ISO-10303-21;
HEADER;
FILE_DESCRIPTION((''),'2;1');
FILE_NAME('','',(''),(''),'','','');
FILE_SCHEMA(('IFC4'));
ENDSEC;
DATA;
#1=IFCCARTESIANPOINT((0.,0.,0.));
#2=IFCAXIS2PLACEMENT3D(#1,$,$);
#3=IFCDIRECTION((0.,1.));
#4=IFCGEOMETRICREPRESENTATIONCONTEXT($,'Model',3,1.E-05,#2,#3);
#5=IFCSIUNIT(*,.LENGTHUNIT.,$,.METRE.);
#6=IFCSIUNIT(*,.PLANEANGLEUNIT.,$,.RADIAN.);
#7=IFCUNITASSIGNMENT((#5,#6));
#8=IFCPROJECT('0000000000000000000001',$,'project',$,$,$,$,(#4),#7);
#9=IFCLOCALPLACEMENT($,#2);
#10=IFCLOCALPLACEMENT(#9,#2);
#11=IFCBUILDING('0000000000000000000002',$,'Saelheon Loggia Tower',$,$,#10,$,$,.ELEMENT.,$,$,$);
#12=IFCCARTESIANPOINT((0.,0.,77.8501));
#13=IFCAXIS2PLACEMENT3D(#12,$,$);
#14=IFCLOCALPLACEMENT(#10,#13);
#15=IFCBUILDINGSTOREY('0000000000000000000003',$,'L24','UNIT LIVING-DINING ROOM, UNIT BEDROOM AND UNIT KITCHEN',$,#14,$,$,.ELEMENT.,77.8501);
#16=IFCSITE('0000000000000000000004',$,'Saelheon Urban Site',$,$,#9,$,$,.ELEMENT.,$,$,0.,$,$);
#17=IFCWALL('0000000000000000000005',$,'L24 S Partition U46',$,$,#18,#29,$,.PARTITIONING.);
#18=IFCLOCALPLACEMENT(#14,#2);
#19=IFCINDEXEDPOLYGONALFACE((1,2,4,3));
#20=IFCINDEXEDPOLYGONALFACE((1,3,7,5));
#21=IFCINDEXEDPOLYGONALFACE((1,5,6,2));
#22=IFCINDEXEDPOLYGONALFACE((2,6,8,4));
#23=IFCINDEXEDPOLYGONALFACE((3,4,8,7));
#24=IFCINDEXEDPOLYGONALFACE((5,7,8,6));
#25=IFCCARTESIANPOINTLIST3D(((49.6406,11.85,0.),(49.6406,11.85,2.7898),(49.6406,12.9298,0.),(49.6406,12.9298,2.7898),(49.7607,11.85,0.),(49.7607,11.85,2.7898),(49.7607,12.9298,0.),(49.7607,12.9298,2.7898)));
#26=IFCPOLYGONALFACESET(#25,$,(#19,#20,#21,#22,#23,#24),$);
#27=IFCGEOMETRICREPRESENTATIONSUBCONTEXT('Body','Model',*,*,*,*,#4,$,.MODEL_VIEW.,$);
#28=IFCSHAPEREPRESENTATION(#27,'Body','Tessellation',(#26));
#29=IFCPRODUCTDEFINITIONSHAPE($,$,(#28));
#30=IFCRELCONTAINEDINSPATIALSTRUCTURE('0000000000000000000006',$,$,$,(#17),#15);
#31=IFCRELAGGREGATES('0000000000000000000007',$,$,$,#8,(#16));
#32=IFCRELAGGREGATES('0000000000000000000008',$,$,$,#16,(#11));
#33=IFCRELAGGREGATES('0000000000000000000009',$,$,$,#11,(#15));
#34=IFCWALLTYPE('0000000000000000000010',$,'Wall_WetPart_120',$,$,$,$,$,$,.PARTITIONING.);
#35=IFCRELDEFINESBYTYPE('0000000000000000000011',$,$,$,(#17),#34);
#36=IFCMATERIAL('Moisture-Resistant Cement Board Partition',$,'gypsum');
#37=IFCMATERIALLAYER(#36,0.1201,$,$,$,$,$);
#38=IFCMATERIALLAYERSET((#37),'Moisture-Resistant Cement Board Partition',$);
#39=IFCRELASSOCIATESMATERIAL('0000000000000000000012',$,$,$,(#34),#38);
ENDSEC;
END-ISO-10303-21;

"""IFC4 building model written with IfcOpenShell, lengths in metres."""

from ifc_helpers import new_model, si_unit, direction, frame, frame_2d, origin, place, context, subcontext, project, spatial, rectangle, extrude, material, layer, layer_set, type_object, element, save


model = new_model("IFC4")

# Units and contexts
model_context = context("Model", 3, precision=1e-05, world=origin(), true_north=direction((0.0, 1.0)))
body_context = subcontext(model_context, "Body", "Model", "MODEL_VIEW")
ifc_project = project(units=[si_unit("LENGTHUNIT", "METRE"), si_unit("PLANEANGLEUNIT", "RADIAN")], contexts=[model_context])

# Site, building, storey
site_placement = place(None, origin())
site = spatial("IfcSite", under=ifc_project, at=site_placement, Name="Saelheon Urban Site", CompositionType="ELEMENT", RefElevation=0.0)
building_placement = place(site_placement, origin())
building = spatial("IfcBuilding", under=site, at=building_placement, Name="Saelheon Loggia Tower", CompositionType="ELEMENT")
storey_placement = place(building_placement, frame((0.0, 0.0, 77.8501)))
storey = spatial("IfcBuildingStorey", under=building, at=storey_placement, Name="L24", Description="UNIT LIVING-DINING ROOM, UNIT BEDROOM AND UNIT KITCHEN", CompositionType="ELEMENT", Elevation=77.8501)

# Shared definitions
ifc_material_1 = material(Name="Moisture-Resistant Cement Board Partition", Category="gypsum")
ifc_layer_1 = layer(ifc_material_1, 0.1201)
ifc_layer_set_1 = layer_set([ifc_layer_1], Name="Moisture-Resistant Cement Board Partition")
wall_type_1 = type_object("IfcWallType", Name="Wall_WetPart_120", PredefinedType="PARTITIONING", material=ifc_layer_set_1)

# Wall
wall_1_placement = place(storey_placement, frame((49.7007, 12.9299, 0.0), z_axis=(0.0, 0.0, 1.0), x_axis=(0.0, -1.0, 0.0)))
element("IfcWall", 1, at=wall_1_placement, inside=storey, type_object=wall_type_1, Name="L24 S Partition U46", PredefinedType="PARTITIONING", context=body_context, shape_type="SweptSolid", body=[
    extrude(rectangle(XDim=1.0798, YDim=0.1201, at=frame_2d((0.54, 0.0))), origin(), (0.0, 0.0, 1.0), 2.7898),
])

save(model, "model.ifc")
